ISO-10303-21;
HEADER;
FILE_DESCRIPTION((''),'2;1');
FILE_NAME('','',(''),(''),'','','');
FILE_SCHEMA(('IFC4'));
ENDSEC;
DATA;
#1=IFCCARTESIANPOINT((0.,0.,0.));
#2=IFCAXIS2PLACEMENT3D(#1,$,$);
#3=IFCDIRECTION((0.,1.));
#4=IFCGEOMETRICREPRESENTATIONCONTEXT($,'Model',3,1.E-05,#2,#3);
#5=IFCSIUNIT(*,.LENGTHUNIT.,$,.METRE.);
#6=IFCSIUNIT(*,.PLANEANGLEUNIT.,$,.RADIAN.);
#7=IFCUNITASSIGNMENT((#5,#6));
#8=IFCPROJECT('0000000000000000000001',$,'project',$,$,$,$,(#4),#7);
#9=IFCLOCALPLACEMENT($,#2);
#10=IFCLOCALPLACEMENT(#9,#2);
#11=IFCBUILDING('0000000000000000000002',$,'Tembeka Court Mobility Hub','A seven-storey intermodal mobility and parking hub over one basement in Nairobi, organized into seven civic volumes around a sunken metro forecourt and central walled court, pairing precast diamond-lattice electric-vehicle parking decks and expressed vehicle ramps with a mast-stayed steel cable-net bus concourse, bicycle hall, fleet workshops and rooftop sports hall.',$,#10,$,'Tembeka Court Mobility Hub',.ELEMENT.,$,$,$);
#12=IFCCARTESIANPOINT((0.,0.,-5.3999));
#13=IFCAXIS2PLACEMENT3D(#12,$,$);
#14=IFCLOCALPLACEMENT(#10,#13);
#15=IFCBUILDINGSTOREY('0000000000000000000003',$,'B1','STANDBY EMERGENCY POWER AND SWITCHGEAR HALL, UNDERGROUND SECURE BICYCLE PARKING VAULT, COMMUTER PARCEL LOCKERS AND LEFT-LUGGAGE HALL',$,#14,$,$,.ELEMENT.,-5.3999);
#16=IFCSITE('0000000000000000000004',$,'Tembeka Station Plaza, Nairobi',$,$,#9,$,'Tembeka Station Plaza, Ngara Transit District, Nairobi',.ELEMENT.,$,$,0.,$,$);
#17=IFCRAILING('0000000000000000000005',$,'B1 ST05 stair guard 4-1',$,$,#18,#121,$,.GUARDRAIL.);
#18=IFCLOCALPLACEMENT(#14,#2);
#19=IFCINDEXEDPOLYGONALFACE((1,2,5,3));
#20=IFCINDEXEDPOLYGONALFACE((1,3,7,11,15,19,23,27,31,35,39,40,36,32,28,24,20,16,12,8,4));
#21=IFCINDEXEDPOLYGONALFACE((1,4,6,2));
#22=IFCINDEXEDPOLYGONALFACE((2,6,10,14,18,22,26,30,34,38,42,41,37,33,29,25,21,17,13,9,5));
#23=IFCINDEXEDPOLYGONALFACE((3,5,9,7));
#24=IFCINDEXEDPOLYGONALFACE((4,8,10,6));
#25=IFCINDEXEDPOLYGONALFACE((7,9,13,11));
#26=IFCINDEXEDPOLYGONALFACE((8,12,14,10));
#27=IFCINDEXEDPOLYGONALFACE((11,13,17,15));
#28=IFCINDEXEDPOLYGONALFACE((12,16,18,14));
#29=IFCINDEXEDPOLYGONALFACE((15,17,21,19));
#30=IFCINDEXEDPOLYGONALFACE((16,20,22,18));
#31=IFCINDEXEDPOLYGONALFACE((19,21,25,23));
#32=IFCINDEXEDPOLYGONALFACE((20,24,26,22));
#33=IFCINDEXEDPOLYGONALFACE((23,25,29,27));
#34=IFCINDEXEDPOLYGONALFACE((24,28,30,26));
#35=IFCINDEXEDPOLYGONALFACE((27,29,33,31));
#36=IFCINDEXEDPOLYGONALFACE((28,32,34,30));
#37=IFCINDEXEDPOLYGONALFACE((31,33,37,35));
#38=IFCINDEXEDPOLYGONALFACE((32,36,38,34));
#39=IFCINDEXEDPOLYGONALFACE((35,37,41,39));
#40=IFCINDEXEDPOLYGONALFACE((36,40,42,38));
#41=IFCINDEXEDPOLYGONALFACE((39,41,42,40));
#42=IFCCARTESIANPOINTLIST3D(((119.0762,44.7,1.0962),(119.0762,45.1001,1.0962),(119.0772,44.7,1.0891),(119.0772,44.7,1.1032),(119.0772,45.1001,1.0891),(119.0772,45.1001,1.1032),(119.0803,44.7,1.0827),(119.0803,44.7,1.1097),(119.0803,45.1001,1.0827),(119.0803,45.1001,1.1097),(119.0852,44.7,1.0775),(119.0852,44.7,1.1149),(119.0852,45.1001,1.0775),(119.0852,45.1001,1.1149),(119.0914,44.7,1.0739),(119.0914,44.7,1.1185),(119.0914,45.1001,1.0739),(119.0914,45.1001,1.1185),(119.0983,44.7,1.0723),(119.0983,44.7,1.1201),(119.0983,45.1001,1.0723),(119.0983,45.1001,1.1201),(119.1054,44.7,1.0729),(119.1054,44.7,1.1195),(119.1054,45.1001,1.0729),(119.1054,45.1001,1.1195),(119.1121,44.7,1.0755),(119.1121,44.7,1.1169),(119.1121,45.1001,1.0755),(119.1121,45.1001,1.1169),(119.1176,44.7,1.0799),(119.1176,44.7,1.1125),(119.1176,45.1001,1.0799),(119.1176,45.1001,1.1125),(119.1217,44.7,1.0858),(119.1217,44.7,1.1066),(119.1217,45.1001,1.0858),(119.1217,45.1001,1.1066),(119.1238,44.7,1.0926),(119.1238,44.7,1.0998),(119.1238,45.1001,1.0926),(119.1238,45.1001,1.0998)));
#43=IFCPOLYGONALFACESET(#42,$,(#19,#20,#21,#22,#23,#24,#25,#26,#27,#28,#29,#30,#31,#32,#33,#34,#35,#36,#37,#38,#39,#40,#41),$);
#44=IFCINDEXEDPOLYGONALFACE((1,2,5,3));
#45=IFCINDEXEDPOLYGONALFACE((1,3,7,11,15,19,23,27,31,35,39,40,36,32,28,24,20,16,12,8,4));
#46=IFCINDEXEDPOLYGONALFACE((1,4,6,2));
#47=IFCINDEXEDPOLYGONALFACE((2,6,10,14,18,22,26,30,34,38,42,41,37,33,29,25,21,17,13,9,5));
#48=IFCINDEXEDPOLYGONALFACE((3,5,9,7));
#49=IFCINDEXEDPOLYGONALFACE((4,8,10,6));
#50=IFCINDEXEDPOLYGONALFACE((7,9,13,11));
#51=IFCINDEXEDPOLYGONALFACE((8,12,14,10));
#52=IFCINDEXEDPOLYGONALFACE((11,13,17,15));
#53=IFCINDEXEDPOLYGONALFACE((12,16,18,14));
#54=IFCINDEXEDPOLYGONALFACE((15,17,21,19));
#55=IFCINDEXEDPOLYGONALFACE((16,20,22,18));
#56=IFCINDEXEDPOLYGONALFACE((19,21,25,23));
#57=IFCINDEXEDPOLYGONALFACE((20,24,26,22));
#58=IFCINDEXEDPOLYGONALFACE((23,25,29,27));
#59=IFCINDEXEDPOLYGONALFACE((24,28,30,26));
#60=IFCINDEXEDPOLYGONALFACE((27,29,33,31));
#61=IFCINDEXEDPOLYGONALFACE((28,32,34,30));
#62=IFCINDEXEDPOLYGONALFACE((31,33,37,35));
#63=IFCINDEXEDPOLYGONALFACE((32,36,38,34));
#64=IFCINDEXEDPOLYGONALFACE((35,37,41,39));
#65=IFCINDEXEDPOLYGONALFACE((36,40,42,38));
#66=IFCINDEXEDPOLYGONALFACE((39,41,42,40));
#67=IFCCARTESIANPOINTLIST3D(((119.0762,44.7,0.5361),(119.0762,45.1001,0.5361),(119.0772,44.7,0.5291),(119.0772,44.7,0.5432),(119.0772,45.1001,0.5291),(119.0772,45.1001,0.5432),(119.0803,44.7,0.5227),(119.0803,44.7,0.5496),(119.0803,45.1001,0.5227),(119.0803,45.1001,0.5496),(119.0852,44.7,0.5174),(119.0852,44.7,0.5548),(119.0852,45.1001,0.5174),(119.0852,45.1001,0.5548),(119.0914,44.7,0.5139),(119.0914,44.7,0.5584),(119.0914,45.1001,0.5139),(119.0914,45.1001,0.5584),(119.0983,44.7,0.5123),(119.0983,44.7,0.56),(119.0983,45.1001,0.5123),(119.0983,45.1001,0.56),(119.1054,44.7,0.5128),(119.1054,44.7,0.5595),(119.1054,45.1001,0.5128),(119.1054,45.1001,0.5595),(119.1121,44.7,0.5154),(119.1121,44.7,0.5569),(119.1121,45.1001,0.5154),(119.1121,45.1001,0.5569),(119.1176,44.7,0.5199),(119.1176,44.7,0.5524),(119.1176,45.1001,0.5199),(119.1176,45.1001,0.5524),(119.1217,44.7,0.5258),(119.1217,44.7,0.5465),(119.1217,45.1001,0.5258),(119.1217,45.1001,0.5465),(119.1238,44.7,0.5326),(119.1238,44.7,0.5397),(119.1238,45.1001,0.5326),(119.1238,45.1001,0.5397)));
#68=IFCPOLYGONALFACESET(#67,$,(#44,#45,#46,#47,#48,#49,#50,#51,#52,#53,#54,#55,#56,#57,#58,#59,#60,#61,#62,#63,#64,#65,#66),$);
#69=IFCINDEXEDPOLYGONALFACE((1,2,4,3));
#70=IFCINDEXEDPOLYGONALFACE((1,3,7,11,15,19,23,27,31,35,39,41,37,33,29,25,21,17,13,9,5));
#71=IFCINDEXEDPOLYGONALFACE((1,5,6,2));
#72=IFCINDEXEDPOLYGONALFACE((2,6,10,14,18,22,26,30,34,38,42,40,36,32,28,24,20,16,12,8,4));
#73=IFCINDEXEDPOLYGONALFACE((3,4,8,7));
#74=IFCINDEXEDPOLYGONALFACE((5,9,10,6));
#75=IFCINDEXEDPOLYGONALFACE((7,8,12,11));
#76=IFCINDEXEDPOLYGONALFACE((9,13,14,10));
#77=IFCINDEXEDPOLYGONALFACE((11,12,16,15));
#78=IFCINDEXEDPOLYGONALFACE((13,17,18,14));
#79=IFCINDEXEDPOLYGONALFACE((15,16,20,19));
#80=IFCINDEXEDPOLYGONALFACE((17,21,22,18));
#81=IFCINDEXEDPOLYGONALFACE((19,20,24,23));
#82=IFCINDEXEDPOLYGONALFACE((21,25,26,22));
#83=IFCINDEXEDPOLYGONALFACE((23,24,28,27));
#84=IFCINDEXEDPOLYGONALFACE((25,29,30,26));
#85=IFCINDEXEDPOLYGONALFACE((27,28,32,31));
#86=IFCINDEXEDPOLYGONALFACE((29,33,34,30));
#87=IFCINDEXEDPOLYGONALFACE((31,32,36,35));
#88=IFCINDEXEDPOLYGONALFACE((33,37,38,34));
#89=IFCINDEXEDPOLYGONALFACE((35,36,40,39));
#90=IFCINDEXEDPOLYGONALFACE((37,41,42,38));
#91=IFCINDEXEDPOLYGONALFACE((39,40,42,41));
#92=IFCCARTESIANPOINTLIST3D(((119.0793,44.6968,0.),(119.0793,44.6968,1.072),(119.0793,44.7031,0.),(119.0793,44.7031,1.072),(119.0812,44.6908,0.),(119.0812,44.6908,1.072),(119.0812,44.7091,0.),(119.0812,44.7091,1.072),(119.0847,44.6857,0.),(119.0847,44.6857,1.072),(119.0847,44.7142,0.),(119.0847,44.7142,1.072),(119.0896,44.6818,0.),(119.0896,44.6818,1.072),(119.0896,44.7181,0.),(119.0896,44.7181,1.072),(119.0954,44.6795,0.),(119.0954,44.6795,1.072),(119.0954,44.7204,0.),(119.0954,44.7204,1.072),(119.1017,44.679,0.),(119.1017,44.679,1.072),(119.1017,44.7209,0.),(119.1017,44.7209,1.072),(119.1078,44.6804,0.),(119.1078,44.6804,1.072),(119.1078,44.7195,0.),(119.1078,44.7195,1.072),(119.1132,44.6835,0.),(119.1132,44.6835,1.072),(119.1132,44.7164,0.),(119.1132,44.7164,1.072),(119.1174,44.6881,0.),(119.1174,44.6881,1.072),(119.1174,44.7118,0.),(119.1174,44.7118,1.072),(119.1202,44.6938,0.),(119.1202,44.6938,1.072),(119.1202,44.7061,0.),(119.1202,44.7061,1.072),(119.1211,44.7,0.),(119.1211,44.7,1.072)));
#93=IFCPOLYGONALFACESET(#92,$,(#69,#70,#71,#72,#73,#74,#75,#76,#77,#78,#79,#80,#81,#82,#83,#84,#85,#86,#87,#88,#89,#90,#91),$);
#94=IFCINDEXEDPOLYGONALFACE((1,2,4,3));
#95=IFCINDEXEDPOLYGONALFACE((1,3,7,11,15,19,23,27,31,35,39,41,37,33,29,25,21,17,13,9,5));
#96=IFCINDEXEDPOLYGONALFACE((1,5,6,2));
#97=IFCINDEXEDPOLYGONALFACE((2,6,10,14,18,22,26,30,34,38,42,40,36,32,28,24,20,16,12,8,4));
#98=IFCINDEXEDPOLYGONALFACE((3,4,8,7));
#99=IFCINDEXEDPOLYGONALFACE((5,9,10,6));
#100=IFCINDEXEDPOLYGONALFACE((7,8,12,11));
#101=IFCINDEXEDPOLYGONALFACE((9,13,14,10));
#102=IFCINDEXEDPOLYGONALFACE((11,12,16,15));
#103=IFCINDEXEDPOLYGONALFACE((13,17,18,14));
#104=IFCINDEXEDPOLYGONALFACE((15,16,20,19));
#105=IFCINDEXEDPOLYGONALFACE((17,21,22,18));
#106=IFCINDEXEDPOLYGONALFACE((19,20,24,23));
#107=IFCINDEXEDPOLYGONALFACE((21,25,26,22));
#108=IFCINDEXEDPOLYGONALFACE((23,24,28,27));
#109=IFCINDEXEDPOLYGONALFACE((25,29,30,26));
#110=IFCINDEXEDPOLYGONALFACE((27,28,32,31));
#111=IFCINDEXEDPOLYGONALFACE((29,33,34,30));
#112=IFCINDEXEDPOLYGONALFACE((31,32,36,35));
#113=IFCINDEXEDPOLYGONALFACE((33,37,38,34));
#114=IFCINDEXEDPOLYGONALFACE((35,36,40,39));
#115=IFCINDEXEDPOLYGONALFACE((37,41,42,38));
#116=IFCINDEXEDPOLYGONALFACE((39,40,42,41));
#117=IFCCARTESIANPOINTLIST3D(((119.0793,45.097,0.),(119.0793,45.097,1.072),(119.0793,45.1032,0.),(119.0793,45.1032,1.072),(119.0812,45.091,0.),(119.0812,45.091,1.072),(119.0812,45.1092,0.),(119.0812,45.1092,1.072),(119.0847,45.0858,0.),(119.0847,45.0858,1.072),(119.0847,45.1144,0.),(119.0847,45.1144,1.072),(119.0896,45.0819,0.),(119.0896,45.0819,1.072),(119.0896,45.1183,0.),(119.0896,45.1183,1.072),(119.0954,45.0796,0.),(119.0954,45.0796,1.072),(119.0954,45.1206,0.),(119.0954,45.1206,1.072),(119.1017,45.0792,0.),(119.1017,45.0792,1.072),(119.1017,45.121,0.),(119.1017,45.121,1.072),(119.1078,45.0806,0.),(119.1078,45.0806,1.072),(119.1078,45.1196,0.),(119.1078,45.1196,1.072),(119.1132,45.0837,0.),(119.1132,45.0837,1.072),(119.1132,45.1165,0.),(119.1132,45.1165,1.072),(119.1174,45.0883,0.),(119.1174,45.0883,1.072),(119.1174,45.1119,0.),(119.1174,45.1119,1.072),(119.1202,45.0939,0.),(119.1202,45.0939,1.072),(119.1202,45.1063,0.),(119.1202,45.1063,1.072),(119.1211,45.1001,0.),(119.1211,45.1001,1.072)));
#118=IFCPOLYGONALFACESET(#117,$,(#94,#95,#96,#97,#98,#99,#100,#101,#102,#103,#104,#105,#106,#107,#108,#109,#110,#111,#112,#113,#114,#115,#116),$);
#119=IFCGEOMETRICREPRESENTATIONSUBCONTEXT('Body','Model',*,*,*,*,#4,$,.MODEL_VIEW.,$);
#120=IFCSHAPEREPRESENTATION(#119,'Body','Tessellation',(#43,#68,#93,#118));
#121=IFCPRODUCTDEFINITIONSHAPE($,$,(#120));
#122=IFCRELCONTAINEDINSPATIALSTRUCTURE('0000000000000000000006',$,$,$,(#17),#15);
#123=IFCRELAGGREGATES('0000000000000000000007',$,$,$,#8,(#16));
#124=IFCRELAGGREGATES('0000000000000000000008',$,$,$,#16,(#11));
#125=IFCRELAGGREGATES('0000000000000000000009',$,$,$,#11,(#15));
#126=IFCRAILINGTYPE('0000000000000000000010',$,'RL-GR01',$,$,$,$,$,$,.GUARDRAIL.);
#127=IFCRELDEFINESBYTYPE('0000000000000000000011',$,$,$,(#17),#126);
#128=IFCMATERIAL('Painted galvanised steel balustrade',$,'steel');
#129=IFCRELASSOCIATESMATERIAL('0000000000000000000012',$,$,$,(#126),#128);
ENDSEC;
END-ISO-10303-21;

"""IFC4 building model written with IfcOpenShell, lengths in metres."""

from ifc_helpers import new_model, si_unit, direction, frame, origin, origin_2d, place, context, subcontext, project, spatial, circle, extrude, material, type_object, element, save


model = new_model("IFC4")

# Units and contexts
model_context = context("Model", 3, precision=1e-05, world=origin(), true_north=direction((0.0, 1.0)))
body_context = subcontext(model_context, "Body", "Model", "MODEL_VIEW")
ifc_project = project(units=[si_unit("LENGTHUNIT", "METRE"), si_unit("PLANEANGLEUNIT", "RADIAN")], contexts=[model_context])

# Site, building, storey
site_placement = place(None, origin())
site = spatial("IfcSite", under=ifc_project, at=site_placement, Name="Tembeka Station Plaza, Nairobi", LongName="Tembeka Station Plaza, Ngara Transit District, Nairobi", CompositionType="ELEMENT", RefElevation=0.0)
building_placement = place(site_placement, origin())
building = spatial("IfcBuilding", under=site, at=building_placement, Name="Tembeka Court Mobility Hub", Description="A seven-storey intermodal mobility and parking hub over one basement in Nairobi, organized into seven civic volumes around a sunken metro forecourt and central walled court, pairing precast diamond-lattice electric-vehicle parking decks and expressed vehicle ramps with a mast-stayed steel cable-net bus concourse, bicycle hall, fleet workshops and rooftop sports hall.", LongName="Tembeka Court Mobility Hub", CompositionType="ELEMENT")
storey_placement = place(building_placement, frame((0.0, 0.0, -5.3999)))
storey = spatial("IfcBuildingStorey", under=building, at=storey_placement, Name="B1", Description="STANDBY EMERGENCY POWER AND SWITCHGEAR HALL, UNDERGROUND SECURE BICYCLE PARKING VAULT, COMMUTER PARCEL LOCKERS AND LEFT-LUGGAGE HALL", CompositionType="ELEMENT", Elevation=-5.3999)

# Railing
ifc_material_1 = material(Name="Painted galvanised steel balustrade", Category="steel")
railing_type_1 = type_object("IfcRailingType", Name="RL-GR01", PredefinedType="GUARDRAIL", material=ifc_material_1)
railing_1_placement = place(storey_placement, frame((119.1001, 44.7, 0.0)))
element("IfcRailing", 1, at=railing_1_placement, inside=storey, type_object=railing_type_1, Name="B1 ST05 stair guard 4-1", PredefinedType="GUARDRAIL", context=body_context, shape_type="SweptSolid", body=[
    extrude(circle(Radius=0.0239, at=origin_2d()), frame((0.0, 0.0, 1.0962), z_axis=(0.0, 1.0, 0.0), x_axis=(-1.0, 0.0, 0.0)), (0.0, 0.0, 1.0), 0.4001),
    extrude(circle(Radius=0.0239, at=origin_2d()), frame((0.0, 0.0, 0.5361), z_axis=(0.0, 1.0, 0.0), x_axis=(-1.0, 0.0, 0.0)), (0.0, 0.0, 1.0), 0.4001),
    extrude(circle(Radius=0.021, at=origin_2d()), origin(), (0.0, 0.0, 1.0), 1.072),
    extrude(circle(Radius=0.021, at=origin_2d()), frame((0.0, 0.4001, 0.0)), (0.0, 0.0, 1.0), 1.072),
])

save(model, "model.ifc")
